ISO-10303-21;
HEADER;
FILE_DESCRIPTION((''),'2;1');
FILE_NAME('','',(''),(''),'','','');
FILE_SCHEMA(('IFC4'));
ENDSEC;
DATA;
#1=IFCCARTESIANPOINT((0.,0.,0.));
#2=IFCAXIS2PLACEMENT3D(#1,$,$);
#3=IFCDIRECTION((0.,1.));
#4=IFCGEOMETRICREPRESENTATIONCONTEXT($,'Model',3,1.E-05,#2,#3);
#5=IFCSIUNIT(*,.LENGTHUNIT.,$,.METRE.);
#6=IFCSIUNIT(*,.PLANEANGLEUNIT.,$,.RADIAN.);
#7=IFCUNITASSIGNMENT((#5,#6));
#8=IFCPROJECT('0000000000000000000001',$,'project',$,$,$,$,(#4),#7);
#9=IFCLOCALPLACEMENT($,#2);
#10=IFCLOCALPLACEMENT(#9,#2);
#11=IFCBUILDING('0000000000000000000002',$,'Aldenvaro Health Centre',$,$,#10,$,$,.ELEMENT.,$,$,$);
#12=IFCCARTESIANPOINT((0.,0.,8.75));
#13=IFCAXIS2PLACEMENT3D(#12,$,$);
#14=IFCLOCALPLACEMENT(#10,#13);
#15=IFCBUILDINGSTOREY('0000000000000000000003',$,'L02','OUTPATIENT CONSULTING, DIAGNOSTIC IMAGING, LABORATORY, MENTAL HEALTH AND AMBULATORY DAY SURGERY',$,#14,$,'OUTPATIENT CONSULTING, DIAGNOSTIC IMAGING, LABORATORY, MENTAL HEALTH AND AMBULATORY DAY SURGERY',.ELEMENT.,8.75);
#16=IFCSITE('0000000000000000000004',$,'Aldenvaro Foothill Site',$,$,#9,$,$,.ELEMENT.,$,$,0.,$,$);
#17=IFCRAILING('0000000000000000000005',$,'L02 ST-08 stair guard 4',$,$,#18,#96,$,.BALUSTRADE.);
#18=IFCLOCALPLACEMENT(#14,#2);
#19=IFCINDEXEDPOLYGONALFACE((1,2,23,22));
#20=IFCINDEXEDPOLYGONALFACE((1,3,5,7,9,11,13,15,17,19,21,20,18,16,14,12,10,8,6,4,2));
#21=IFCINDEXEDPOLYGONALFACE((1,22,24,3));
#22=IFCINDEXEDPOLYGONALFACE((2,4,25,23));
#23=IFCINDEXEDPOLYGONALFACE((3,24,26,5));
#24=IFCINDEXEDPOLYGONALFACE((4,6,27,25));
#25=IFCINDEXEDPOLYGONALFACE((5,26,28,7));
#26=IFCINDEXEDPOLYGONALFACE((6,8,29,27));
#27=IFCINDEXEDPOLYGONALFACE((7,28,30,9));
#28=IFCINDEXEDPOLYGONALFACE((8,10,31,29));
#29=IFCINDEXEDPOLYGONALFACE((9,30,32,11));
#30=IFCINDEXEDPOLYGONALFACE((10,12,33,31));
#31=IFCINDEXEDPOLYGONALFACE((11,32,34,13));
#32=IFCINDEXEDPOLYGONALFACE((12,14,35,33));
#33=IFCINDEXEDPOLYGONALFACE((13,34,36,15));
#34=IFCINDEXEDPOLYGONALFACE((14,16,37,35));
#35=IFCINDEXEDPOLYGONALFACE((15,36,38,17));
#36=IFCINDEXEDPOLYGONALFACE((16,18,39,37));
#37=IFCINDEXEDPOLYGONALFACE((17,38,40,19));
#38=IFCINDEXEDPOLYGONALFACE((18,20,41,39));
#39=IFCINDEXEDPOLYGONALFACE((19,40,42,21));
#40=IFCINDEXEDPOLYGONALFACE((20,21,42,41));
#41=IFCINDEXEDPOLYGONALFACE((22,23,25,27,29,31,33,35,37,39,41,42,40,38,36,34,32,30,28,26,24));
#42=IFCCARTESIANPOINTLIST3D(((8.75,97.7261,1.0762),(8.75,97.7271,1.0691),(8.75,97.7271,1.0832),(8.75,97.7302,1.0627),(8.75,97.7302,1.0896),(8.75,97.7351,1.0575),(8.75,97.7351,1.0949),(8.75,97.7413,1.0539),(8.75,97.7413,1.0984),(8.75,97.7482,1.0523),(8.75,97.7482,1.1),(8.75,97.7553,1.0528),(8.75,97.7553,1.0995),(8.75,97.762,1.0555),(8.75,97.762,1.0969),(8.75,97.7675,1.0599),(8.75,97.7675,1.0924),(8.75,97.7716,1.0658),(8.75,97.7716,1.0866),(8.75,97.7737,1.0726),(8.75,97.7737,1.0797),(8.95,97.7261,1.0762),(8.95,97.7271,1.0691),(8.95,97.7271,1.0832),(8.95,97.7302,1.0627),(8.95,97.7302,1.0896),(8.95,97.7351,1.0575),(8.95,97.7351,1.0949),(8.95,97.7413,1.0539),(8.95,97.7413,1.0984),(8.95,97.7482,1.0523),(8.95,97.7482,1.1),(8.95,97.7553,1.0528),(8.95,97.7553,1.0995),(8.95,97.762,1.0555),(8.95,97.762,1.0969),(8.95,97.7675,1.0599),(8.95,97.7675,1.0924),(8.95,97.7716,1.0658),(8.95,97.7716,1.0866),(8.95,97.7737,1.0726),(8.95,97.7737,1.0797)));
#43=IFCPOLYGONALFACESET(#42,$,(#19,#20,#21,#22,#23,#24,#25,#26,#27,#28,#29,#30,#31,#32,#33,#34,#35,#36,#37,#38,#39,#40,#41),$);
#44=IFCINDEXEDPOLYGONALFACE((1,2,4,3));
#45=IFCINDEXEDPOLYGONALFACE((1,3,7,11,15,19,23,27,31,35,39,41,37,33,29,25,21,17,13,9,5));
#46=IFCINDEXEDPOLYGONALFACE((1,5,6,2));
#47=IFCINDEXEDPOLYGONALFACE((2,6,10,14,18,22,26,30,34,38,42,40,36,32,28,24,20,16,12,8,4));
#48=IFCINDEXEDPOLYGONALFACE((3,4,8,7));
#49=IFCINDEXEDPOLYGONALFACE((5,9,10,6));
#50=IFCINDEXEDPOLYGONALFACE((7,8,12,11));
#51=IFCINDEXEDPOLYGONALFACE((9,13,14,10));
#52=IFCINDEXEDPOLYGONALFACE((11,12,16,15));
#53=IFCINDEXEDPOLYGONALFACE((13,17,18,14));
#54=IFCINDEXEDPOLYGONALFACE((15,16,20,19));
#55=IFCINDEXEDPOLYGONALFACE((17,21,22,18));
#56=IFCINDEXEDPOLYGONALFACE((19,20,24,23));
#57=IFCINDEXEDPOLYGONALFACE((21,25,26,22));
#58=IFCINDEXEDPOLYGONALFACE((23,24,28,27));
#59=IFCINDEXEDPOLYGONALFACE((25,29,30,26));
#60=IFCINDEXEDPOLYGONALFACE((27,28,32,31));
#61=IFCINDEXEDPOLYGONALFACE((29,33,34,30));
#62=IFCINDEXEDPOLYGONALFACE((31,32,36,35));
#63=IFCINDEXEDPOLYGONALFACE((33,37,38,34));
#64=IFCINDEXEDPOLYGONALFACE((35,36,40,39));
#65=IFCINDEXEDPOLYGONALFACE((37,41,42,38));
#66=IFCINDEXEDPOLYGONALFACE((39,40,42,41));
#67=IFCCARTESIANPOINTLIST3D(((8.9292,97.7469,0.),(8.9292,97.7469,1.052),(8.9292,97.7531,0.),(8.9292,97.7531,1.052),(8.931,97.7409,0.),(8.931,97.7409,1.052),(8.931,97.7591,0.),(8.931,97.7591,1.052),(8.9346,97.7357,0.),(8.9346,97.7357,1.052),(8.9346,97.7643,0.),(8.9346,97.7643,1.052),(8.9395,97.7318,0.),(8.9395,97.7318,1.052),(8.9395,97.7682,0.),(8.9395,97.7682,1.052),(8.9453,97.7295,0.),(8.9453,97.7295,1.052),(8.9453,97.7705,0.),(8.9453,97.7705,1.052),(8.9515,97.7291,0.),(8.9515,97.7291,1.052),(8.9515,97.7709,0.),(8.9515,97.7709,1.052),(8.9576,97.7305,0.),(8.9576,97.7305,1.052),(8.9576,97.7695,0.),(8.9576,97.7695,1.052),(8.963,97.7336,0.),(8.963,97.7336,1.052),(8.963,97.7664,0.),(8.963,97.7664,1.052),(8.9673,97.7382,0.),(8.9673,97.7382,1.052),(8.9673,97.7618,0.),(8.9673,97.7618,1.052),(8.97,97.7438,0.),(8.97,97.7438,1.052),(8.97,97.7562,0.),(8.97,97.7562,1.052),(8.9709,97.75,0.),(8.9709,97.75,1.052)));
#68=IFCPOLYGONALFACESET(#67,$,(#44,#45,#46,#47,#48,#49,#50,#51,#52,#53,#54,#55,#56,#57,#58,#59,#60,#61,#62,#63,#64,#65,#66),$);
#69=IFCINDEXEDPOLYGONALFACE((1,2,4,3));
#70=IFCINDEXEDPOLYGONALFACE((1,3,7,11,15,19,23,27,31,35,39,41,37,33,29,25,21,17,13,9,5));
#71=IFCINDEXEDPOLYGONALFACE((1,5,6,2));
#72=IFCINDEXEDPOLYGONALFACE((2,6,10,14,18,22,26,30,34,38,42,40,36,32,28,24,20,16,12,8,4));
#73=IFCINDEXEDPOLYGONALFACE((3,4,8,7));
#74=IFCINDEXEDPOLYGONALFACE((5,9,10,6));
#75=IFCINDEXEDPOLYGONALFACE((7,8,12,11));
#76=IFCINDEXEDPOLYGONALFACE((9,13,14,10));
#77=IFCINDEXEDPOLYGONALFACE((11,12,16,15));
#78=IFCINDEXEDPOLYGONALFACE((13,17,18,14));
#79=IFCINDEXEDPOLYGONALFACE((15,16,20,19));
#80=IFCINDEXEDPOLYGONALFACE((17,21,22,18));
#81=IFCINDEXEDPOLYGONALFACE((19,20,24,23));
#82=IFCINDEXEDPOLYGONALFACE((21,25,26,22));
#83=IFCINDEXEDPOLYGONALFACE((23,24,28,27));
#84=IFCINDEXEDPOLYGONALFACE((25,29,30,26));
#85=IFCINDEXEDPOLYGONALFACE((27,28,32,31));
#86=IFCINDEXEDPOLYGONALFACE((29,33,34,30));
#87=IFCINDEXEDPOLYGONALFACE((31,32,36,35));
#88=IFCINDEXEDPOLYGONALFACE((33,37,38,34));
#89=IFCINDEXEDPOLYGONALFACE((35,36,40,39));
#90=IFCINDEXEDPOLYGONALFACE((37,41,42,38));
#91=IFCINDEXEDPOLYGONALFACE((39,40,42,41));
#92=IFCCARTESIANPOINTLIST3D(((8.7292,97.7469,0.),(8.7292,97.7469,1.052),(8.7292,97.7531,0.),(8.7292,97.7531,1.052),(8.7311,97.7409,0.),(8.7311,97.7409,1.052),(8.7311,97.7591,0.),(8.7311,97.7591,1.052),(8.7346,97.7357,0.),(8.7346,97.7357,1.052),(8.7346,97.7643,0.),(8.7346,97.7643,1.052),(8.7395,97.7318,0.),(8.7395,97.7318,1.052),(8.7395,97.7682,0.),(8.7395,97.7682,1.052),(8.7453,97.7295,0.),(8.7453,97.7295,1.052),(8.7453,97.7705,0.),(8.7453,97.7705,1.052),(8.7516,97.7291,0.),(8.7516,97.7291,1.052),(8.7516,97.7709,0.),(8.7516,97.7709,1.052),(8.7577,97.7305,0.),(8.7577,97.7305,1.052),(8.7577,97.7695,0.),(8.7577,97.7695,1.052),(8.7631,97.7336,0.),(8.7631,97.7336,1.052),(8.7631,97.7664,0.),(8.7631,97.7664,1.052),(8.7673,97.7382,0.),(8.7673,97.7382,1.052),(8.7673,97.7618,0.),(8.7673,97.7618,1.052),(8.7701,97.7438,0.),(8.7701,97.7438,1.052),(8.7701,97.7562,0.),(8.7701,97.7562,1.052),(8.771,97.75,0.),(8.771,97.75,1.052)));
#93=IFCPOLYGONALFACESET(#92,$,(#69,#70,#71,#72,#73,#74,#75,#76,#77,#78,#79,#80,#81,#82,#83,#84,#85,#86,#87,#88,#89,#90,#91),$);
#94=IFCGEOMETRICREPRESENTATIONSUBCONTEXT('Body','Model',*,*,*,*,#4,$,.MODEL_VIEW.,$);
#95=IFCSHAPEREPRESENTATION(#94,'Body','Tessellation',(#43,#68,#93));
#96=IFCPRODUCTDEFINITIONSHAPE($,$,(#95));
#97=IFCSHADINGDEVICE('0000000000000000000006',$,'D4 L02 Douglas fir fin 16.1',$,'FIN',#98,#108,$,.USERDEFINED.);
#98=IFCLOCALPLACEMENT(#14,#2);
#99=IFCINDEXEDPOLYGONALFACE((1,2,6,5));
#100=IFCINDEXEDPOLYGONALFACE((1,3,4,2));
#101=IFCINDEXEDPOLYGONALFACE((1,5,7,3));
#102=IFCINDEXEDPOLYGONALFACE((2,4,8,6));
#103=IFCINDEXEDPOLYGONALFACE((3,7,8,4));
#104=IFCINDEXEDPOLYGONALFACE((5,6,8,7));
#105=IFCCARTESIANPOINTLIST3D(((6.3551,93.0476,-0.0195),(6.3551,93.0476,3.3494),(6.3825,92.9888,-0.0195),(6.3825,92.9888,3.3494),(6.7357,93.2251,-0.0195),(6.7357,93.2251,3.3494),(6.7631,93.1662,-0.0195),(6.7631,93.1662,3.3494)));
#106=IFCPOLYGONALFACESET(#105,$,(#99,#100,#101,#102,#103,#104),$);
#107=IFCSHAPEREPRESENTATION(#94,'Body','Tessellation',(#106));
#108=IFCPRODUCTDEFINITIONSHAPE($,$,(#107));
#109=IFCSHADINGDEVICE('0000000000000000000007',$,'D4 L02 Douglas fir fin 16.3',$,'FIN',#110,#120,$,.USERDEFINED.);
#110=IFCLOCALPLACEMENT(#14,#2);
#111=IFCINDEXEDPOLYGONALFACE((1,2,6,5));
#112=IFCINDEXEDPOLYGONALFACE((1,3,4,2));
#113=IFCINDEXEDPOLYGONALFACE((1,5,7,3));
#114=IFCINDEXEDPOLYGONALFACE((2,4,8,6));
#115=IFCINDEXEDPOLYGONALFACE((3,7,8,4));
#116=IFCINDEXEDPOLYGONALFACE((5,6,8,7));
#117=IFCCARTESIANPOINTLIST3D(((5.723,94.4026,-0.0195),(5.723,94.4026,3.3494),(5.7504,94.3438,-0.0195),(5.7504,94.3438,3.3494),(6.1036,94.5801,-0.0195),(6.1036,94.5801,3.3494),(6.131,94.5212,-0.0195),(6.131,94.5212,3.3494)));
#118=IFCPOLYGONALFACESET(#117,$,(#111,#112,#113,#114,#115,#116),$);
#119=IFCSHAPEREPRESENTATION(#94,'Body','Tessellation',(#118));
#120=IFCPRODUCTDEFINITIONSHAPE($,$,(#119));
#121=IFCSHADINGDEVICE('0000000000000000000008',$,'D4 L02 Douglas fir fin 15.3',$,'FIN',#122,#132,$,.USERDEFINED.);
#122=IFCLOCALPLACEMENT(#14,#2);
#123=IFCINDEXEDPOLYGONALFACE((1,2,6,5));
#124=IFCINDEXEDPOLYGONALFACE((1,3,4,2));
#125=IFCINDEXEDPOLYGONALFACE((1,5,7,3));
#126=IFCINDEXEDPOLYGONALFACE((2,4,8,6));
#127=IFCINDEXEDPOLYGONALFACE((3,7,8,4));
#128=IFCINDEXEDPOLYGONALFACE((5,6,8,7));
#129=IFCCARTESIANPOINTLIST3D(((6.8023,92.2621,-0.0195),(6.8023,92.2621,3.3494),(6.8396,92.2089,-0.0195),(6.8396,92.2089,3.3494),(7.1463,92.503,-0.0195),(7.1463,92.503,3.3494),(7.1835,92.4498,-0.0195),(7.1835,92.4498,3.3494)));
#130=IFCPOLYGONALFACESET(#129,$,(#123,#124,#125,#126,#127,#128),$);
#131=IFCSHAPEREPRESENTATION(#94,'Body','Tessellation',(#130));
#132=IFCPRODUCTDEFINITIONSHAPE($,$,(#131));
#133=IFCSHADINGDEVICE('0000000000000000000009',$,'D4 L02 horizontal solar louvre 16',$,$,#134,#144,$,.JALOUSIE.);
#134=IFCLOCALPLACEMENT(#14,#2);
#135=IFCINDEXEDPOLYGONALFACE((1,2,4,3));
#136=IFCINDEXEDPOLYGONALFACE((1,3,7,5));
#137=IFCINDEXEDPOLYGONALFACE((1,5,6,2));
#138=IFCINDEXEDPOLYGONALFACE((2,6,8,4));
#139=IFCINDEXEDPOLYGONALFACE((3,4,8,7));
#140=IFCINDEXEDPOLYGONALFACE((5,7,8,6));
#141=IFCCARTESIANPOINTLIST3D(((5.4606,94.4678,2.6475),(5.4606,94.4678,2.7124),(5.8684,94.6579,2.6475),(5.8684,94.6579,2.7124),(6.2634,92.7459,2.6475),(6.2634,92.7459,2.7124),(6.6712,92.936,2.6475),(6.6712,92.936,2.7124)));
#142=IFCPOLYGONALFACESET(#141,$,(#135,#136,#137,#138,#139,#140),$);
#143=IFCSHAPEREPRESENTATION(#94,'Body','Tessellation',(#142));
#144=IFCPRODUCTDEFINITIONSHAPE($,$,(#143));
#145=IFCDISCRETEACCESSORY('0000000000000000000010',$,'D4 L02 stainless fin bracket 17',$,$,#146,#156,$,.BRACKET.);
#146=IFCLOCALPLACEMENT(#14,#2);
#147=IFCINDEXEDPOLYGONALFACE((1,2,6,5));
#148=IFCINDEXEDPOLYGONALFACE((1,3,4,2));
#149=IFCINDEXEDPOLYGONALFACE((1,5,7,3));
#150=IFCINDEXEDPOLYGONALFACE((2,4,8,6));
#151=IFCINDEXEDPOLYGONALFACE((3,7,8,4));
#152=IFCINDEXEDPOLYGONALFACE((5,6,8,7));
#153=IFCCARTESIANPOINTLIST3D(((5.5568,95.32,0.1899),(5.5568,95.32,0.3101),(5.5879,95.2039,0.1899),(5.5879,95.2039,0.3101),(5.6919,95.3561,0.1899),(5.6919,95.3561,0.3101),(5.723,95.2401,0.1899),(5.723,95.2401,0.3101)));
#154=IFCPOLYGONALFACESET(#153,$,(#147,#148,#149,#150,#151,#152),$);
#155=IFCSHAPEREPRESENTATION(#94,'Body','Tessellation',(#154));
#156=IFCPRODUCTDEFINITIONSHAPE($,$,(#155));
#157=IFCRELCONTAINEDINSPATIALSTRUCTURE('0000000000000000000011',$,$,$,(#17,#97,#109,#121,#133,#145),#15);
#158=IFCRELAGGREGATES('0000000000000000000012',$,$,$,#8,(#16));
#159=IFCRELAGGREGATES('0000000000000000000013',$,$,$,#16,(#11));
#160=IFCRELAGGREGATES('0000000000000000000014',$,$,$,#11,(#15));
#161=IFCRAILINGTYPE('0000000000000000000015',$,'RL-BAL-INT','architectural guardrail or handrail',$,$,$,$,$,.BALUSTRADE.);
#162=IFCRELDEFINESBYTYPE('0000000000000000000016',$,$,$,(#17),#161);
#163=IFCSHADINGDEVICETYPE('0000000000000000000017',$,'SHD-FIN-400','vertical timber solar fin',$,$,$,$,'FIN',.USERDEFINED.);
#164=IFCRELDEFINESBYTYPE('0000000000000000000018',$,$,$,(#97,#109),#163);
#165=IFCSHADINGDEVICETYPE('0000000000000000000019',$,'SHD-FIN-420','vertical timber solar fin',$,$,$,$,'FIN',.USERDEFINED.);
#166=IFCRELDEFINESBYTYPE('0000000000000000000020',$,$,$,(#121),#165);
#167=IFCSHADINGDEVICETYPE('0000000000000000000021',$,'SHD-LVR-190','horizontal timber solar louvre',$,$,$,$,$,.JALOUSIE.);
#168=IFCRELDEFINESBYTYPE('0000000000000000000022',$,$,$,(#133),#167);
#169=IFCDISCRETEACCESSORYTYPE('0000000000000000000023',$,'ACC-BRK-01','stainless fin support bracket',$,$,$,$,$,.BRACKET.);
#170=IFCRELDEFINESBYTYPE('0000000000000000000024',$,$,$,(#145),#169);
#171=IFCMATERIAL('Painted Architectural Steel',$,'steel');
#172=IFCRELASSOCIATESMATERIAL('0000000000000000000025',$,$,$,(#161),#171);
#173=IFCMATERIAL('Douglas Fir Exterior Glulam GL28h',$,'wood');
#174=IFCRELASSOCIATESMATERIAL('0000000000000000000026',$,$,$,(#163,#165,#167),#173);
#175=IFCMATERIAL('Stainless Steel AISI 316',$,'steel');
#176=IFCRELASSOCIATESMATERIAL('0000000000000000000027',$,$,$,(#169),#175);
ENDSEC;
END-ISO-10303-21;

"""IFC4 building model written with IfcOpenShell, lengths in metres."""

from ifc_helpers import new_model, si_unit, direction, frame, origin, origin_2d, place, context, subcontext, project, spatial, rectangle, circle, extrude, material, type_object, element, save


model = new_model("IFC4")

# Units and contexts
model_context = context("Model", 3, precision=1e-05, world=origin(), true_north=direction((0.0, 1.0)))
body_context = subcontext(model_context, "Body", "Model", "MODEL_VIEW")
ifc_project = project(units=[si_unit("LENGTHUNIT", "METRE"), si_unit("PLANEANGLEUNIT", "RADIAN")], contexts=[model_context])

# Site, building, storey
site_placement = place(None, origin())
site = spatial("IfcSite", under=ifc_project, at=site_placement, Name="Aldenvaro Foothill Site", CompositionType="ELEMENT", RefElevation=0.0)
building_placement = place(site_placement, origin())
building = spatial("IfcBuilding", under=site, at=building_placement, Name="Aldenvaro Health Centre", CompositionType="ELEMENT")
storey_placement = place(building_placement, frame((0.0, 0.0, 8.75)))
storey = spatial("IfcBuildingStorey", under=building, at=storey_placement, Name="L02", Description="OUTPATIENT CONSULTING, DIAGNOSTIC IMAGING, LABORATORY, MENTAL HEALTH AND AMBULATORY DAY SURGERY", LongName="OUTPATIENT CONSULTING, DIAGNOSTIC IMAGING, LABORATORY, MENTAL HEALTH AND AMBULATORY DAY SURGERY", CompositionType="ELEMENT", Elevation=8.75)

# Railing
ifc_material_1 = material(Name="Painted Architectural Steel", Category="steel")
railing_type = type_object("IfcRailingType", Name="RL-BAL-INT", Description="architectural guardrail or handrail", PredefinedType="BALUSTRADE", material=ifc_material_1)
railing_1_placement = place(storey_placement, frame((8.95, 97.75, 0.0)))
element("IfcRailing", 1, at=railing_1_placement, inside=storey, type_object=railing_type, Name="L02 ST-08 stair guard 4", PredefinedType="BALUSTRADE", context=body_context, shape_type="SweptSolid", body=[
    extrude(circle(Radius=0.0239, at=origin_2d()), frame((0.0, 0.0, 1.0762), z_axis=(-1.0, 0.0, 0.0), x_axis=(0.0, -1.0, 0.0)), (0.0, 0.0, 1.0), 0.2),
    extrude(circle(Radius=0.021, at=origin_2d()), origin(), (0.0, 0.0, 1.0), 1.052),
    extrude(circle(Radius=0.021, at=origin_2d()), frame((-0.2, 0.0, 0.0)), (0.0, 0.0, 1.0), 1.052),
])

# Shading devices
ifc_material_2 = material(Name="Douglas Fir Exterior Glulam GL28h", Category="wood")
shading_device_type_1 = type_object("IfcShadingDeviceType", Name="SHD-FIN-400", Description="vertical timber solar fin", ElementType="FIN", PredefinedType="USERDEFINED", material=ifc_material_2)
for number, where, z_axis, x_axis, name in (
    (2, (6.5591, 93.1069, -0.0195), (0.0, 0.0, 1.0), (-0.422557, 0.906336, 0.0), "D4 L02 Douglas fir fin 16.1"),
    (3, (5.927, 94.4619, -0.0195), (0.0, 0.0, 1.0), (-0.422557, 0.906336, 0.0), "D4 L02 Douglas fir fin 16.3"),
):
    element("IfcShadingDevice", number, at=place(storey_placement, frame(where, z_axis=z_axis, x_axis=x_axis)), inside=storey, type_object=shading_device_type_1, Name=name, ObjectType="FIN", PredefinedType="USERDEFINED", context=body_context, shape_type="SweptSolid", body=[
        extrude(rectangle(XDim=0.0649, YDim=0.4199, at=origin_2d()), origin(), (0.0, 0.0, 1.0), 3.3689),
    ])
shading_device_type_2 = type_object("IfcShadingDeviceType", Name="SHD-FIN-420", Description="vertical timber solar fin", ElementType="FIN", PredefinedType="USERDEFINED", material=ifc_material_2)
shading_device_1_placement = place(storey_placement, frame((6.9929, 92.356, -0.0195), z_axis=(0.0, 0.0, 1.0), x_axis=(-0.573721, 0.819051, 0.0)))
element("IfcShadingDevice", 4, at=shading_device_1_placement, inside=storey, type_object=shading_device_type_2, Name="D4 L02 Douglas fir fin 15.3", ObjectType="FIN", PredefinedType="USERDEFINED", context=body_context, shape_type="SweptSolid", body=[
    extrude(rectangle(XDim=0.0649, YDim=0.4199, at=origin_2d()), origin(), (0.0, 0.0, 1.0), 3.3689),
])
shading_device_type_3 = type_object("IfcShadingDeviceType", Name="SHD-LVR-190", Description="horizontal timber solar louvre", PredefinedType="JALOUSIE", material=ifc_material_2)
shading_device_2_placement = place(storey_placement, frame((6.0659, 93.7019, 2.6475), z_axis=(0.0, 0.0, 1.0), x_axis=(-0.422557, 0.906336, 0.0)))
element("IfcShadingDevice", 5, at=shading_device_2_placement, inside=storey, type_object=shading_device_type_3, Name="D4 L02 horizontal solar louvre 16", PredefinedType="JALOUSIE", context=body_context, shape_type="SweptSolid", body=[
    extrude(rectangle(XDim=1.8999, YDim=0.45, at=origin_2d()), origin(), (0.0, 0.0, 1.0), 0.0649),
])

# Discrete accessory
ifc_material_3 = material(Name="Stainless Steel AISI 316", Category="steel")
discrete_accessory_type = type_object("IfcDiscreteAccessoryType", Name="ACC-BRK-01", Description="stainless fin support bracket", PredefinedType="BRACKET", material=ifc_material_3)
discrete_accessory_placement = place(storey_placement, frame((5.6399, 95.28, 0.1899), z_axis=(0.0, 0.0, 1.0), x_axis=(-0.258622, 0.965979, 0.0)))
element("IfcDiscreteAccessory", 6, at=discrete_accessory_placement, inside=storey, type_object=discrete_accessory_type, Name="D4 L02 stainless fin bracket 17", PredefinedType="BRACKET", context=body_context, shape_type="SweptSolid", body=[
    extrude(rectangle(XDim=0.1201, YDim=0.1399, at=origin_2d()), origin(), (0.0, 0.0, 1.0), 0.1201),
])

save(model, "model.ifc")
